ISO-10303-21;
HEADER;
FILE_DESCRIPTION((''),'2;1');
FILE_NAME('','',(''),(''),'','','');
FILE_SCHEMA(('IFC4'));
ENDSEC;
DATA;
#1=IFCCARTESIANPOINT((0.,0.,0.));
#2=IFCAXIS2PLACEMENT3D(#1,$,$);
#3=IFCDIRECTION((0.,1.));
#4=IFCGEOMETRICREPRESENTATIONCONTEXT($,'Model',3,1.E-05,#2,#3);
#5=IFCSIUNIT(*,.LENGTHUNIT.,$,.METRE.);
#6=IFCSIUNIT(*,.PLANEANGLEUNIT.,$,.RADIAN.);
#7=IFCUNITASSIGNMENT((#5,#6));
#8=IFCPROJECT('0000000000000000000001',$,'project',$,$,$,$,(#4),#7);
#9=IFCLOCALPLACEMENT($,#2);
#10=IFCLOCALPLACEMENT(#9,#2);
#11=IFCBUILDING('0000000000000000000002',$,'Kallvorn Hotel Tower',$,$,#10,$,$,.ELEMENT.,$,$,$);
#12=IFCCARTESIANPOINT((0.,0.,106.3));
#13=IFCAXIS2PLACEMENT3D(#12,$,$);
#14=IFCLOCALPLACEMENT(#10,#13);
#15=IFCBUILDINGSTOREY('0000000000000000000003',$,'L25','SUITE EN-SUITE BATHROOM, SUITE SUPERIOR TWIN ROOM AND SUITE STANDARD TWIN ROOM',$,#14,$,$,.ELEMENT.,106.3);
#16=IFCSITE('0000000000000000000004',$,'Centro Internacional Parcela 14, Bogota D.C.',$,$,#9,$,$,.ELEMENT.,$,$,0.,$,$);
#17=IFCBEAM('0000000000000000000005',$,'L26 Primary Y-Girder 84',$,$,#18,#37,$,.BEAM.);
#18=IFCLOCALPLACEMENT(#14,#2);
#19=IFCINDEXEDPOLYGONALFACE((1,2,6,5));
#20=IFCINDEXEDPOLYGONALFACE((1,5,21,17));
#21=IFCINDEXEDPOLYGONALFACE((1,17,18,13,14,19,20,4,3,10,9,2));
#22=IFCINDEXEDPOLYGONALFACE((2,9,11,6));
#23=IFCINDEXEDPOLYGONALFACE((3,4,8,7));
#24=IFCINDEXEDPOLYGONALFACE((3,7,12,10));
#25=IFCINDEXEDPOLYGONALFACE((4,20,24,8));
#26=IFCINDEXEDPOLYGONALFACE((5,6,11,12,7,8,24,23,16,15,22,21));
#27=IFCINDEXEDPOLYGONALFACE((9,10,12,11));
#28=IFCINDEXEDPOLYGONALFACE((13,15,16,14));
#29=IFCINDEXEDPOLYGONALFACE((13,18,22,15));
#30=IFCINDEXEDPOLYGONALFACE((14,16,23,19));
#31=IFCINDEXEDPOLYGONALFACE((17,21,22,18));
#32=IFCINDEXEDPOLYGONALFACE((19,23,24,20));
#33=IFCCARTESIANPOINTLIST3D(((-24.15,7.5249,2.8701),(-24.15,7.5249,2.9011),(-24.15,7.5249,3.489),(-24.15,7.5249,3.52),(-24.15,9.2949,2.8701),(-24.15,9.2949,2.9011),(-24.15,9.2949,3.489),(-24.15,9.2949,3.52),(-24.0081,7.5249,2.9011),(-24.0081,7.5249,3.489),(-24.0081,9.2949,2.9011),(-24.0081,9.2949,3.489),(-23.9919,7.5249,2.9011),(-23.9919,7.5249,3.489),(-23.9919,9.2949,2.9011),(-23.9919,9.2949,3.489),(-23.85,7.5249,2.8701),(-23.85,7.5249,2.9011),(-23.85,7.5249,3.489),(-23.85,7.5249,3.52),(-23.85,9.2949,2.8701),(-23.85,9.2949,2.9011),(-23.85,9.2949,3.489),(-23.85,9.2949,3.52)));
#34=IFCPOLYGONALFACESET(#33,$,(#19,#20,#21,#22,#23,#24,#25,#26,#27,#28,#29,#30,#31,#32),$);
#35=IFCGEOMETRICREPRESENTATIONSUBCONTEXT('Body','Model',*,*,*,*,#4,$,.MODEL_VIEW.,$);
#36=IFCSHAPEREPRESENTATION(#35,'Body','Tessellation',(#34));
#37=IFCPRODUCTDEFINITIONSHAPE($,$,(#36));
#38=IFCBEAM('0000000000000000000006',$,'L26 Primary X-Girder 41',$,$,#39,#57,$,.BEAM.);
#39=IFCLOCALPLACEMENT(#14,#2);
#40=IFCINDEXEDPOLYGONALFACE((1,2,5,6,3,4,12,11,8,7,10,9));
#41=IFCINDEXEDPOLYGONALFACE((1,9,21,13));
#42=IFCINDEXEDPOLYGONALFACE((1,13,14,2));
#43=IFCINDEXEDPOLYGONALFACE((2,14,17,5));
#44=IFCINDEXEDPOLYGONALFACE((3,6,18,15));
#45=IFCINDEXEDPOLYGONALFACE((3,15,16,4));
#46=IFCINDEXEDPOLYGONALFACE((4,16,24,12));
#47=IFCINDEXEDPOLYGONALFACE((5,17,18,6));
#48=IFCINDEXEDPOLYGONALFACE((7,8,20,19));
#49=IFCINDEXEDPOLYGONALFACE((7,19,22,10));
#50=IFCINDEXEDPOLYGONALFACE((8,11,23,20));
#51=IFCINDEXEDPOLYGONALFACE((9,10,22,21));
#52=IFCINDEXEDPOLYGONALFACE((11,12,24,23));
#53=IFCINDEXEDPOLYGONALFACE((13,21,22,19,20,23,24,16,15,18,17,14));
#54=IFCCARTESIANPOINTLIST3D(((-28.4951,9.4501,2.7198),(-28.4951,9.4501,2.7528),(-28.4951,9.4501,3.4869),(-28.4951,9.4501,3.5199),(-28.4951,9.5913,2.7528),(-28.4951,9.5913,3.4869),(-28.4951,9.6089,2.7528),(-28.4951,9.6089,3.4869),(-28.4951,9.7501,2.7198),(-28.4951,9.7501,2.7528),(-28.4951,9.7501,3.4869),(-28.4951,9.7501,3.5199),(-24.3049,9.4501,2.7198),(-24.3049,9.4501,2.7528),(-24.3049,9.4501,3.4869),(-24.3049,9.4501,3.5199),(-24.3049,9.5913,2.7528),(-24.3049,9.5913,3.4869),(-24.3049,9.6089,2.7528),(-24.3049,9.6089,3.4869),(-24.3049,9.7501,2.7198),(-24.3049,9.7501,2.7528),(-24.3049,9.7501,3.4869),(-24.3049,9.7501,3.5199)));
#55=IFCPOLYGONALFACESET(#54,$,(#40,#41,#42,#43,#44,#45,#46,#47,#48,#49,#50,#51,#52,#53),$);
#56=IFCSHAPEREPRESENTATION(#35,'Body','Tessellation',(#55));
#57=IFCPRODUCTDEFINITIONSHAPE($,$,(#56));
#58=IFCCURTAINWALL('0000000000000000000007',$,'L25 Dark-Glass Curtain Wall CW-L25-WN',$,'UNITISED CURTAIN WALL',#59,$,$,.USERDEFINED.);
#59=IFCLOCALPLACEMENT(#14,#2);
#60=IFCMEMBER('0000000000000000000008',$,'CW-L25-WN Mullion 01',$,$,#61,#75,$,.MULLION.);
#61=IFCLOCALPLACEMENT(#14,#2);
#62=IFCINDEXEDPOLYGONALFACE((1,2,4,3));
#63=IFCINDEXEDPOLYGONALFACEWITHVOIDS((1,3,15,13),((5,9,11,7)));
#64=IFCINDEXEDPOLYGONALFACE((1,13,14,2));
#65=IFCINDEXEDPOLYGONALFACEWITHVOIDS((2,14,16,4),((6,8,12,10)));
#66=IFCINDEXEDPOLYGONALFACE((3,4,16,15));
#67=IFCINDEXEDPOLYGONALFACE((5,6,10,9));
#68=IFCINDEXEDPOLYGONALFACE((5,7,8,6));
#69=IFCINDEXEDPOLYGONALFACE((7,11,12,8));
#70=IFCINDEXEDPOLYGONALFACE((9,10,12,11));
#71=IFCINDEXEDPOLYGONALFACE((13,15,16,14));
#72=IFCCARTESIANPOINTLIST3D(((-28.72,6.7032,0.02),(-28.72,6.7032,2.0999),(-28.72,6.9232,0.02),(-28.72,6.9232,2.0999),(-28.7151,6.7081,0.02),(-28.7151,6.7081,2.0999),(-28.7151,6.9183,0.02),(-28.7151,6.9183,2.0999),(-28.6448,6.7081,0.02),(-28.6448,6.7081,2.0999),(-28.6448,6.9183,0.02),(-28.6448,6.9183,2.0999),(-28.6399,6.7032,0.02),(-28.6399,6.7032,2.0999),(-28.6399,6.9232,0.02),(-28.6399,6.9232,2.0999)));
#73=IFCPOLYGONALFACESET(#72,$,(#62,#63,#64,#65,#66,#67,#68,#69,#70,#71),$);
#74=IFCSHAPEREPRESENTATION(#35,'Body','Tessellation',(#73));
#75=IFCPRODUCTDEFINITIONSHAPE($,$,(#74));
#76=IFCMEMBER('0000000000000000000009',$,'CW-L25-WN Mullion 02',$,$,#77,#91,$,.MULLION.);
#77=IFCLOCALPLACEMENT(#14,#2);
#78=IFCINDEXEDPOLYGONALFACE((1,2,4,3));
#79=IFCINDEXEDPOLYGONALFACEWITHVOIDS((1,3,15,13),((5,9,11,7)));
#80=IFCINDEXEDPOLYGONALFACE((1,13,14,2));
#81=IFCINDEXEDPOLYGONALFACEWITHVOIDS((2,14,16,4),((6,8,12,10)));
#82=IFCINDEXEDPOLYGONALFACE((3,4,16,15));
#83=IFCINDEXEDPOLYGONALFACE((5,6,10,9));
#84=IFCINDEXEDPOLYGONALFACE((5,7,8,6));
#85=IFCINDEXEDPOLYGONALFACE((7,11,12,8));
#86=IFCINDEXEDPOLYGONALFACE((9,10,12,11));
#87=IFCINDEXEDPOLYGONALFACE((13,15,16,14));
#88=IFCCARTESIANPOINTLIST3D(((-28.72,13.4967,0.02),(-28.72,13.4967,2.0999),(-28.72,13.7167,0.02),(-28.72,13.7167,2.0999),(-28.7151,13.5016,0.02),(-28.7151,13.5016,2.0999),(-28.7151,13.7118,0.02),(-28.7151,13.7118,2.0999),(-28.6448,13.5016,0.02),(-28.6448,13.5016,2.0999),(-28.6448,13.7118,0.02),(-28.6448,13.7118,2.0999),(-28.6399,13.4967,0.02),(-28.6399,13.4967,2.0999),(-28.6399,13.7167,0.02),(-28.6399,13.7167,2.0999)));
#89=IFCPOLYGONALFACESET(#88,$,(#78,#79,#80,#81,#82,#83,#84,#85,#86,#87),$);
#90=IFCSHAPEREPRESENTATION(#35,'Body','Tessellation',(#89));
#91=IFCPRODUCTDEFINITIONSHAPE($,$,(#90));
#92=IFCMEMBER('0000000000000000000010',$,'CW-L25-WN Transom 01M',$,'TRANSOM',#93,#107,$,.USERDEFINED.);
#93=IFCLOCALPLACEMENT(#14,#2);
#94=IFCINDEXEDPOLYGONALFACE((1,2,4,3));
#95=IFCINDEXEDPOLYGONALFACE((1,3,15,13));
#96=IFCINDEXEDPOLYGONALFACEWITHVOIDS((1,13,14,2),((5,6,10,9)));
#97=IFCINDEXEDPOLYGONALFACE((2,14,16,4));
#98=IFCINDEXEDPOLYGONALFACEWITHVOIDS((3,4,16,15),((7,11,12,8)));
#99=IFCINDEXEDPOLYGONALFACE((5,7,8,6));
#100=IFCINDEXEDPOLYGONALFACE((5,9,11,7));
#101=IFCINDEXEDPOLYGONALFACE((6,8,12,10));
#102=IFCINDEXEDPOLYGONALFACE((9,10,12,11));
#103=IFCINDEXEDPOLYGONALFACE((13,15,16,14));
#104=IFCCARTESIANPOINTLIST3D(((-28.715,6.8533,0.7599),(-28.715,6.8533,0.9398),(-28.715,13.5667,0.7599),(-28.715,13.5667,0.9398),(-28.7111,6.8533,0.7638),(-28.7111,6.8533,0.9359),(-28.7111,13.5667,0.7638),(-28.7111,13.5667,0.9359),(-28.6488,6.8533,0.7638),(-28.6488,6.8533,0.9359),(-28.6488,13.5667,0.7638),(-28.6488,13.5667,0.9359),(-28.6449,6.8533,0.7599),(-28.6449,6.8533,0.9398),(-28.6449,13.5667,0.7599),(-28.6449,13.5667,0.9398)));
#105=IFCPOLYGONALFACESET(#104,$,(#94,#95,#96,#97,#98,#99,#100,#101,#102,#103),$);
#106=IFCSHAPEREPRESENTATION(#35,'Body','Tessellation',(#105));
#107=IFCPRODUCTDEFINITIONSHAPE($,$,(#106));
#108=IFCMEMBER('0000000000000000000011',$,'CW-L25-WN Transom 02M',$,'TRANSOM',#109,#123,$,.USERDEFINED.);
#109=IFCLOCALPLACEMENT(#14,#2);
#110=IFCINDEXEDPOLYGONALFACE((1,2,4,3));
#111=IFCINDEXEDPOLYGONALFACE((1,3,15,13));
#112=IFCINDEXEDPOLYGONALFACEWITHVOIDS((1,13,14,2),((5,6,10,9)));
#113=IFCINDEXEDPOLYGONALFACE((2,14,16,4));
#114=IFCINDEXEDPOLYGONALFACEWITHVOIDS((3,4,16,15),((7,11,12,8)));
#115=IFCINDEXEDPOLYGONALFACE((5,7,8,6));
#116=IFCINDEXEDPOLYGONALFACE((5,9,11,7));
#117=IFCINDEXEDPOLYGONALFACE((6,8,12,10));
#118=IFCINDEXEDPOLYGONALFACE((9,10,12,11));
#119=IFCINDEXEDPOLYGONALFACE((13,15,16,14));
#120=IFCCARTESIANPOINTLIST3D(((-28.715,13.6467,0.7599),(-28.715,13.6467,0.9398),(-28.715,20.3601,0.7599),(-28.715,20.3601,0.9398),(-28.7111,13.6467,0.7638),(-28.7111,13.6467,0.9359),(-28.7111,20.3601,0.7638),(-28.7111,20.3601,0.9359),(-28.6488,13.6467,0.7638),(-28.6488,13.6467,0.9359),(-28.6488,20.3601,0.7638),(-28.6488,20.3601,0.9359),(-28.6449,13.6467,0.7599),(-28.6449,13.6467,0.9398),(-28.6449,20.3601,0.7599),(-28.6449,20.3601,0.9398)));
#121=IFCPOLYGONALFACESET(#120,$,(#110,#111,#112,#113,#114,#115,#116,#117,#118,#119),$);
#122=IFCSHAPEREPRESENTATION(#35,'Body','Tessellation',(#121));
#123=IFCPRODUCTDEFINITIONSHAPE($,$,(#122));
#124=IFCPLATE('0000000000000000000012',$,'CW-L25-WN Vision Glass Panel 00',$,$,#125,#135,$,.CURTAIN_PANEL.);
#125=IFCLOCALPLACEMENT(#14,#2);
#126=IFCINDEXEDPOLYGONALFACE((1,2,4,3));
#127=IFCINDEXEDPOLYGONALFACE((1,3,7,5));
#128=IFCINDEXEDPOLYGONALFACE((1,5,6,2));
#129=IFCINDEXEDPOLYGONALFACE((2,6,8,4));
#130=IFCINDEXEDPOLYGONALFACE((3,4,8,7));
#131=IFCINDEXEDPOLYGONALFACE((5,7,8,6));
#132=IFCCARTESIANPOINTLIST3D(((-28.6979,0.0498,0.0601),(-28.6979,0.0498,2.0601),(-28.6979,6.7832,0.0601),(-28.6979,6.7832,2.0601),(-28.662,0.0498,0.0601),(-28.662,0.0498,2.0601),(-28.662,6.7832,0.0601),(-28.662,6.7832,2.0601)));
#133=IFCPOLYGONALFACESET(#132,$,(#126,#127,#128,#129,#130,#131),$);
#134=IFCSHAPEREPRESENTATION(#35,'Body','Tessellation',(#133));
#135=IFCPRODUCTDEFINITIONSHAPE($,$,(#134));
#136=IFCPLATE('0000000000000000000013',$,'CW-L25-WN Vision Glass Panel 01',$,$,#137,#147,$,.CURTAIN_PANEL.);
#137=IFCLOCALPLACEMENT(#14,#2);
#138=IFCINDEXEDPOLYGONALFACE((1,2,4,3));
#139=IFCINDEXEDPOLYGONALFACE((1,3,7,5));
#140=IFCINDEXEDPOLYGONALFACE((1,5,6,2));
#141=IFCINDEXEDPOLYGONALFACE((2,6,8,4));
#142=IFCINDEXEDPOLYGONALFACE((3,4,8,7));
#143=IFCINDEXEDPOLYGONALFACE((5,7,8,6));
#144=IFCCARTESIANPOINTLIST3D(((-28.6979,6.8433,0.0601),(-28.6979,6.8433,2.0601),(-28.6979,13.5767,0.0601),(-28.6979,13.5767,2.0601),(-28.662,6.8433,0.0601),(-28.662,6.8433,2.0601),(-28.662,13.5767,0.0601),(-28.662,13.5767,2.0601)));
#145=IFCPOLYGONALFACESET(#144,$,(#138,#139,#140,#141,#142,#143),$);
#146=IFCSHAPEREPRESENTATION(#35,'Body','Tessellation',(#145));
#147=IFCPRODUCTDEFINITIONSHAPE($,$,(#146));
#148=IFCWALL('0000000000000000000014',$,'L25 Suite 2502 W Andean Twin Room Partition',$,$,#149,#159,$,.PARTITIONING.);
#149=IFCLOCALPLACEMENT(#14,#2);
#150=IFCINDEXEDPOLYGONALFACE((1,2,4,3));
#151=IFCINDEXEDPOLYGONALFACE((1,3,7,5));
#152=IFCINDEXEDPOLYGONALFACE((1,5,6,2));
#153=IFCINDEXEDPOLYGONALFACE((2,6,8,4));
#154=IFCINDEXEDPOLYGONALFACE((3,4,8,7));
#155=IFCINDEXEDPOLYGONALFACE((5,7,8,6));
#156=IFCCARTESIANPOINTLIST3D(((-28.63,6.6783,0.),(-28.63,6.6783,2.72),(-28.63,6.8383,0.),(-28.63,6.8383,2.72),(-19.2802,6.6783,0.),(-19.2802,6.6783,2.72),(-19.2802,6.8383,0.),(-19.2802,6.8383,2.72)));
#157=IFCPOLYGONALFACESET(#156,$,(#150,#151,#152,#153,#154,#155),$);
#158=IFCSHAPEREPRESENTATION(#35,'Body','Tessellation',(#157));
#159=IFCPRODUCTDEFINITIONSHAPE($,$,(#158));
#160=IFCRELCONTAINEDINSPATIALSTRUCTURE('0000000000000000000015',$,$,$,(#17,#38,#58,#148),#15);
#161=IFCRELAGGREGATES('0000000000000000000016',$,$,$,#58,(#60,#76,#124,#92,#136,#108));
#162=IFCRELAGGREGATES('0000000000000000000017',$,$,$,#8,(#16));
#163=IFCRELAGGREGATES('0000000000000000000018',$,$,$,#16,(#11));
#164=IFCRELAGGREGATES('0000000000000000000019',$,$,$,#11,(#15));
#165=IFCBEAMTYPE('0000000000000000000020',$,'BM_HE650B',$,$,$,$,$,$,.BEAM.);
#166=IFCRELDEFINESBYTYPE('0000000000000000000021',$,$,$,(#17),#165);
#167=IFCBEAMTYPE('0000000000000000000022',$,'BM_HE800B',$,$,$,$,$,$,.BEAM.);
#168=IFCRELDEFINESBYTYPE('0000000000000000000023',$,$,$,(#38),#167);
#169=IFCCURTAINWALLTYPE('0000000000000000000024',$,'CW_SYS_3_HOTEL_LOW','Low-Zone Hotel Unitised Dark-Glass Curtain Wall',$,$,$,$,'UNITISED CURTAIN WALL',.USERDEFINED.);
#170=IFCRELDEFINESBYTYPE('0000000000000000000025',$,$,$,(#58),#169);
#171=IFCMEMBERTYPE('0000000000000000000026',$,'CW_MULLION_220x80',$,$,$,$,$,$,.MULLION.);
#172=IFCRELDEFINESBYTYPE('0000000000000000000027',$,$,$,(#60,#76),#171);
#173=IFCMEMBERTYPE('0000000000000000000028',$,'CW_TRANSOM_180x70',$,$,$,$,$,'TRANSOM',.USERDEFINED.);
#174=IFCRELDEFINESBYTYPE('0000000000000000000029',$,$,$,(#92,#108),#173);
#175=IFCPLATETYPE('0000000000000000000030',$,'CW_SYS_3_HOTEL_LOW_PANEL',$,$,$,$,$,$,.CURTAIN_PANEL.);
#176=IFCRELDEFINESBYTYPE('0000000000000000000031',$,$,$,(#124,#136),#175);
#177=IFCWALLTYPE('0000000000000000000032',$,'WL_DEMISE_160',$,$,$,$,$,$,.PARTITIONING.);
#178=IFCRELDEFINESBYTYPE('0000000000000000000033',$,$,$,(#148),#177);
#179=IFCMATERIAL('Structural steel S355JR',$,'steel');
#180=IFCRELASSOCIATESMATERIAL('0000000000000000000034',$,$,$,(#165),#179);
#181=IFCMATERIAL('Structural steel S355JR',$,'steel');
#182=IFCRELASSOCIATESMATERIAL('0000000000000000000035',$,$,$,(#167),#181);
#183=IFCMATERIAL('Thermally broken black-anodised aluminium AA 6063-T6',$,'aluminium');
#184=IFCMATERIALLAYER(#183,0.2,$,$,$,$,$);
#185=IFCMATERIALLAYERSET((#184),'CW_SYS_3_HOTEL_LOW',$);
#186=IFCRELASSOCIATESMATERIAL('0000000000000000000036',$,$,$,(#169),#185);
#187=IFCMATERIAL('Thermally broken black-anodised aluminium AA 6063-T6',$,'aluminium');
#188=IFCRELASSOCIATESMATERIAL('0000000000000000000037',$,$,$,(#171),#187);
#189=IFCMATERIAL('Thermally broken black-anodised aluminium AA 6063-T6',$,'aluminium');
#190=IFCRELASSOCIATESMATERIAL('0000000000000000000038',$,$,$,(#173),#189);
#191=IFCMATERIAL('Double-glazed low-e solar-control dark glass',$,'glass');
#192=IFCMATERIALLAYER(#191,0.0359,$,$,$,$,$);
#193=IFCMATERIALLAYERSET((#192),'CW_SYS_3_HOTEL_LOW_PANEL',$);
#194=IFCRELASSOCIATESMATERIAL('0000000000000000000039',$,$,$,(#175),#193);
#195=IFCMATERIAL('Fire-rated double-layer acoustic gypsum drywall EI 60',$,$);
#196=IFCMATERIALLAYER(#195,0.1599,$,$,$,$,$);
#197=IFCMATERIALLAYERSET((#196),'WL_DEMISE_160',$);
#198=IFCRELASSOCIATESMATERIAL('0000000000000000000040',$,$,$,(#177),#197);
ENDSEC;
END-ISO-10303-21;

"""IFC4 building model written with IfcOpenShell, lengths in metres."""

from ifc_helpers import new_model, si_unit, direction, frame, frame_2d, origin, origin_2d, place, context, subcontext, project, spatial, rectangle, hollow_rectangle, i_section, extrude, material, layer, layer_set, material_profile, profile_set, type_object, element, aggregate, save


model = new_model("IFC4")

# Units and contexts
model_context = context("Model", 3, precision=1e-05, world=origin(), true_north=direction((0.0, 1.0)))
body_context = subcontext(model_context, "Body", "Model", "MODEL_VIEW")
ifc_project = project(units=[si_unit("LENGTHUNIT", "METRE"), si_unit("PLANEANGLEUNIT", "RADIAN")], contexts=[model_context])

# Site, building, storey
site_placement = place(None, origin())
site = spatial("IfcSite", under=ifc_project, at=site_placement, Name="Centro Internacional Parcela 14, Bogota D.C.", CompositionType="ELEMENT", RefElevation=0.0)
building_placement = place(site_placement, origin())
building = spatial("IfcBuilding", under=site, at=building_placement, Name="Kallvorn Hotel Tower", CompositionType="ELEMENT")
storey_placement = place(building_placement, frame((0.0, 0.0, 106.3)))
storey = spatial("IfcBuildingStorey", under=building, at=storey_placement, Name="L25", Description="SUITE EN-SUITE BATHROOM, SUITE SUPERIOR TWIN ROOM AND SUITE STANDARD TWIN ROOM", CompositionType="ELEMENT", Elevation=106.3)

# Beams
ifc_material_1 = material(Name="Structural steel S355JR", Category="steel")
ifc_material_profile_1 = material_profile(ifc_material_1, i_section(OverallWidth=0.3, OverallDepth=0.6499, WebThickness=0.0161, FlangeThickness=0.031, at=origin_2d()), Name="HE 650 B")
ifc_profile_set_1 = profile_set([ifc_material_profile_1], Name="Structural steel S355JR")
beam_type_1 = type_object("IfcBeamType", Name="BM_HE650B", PredefinedType="BEAM", material=ifc_profile_set_1)
beam_1_placement = place(storey_placement, frame((-24.0, 7.5249, 3.1951), z_axis=(0.0, 1.0, 0.0), x_axis=(-1.0, 0.0, 0.0)))
element("IfcBeam", 1, at=beam_1_placement, inside=storey, type_object=beam_type_1, Name="L26 Primary Y-Girder 84", PredefinedType="BEAM", context=body_context, shape_type="SweptSolid", body=[
    extrude(i_section(OverallWidth=0.3, OverallDepth=0.6499, WebThickness=0.0161, FlangeThickness=0.031, at=origin_2d()), origin(), (0.0, 0.0, 1.0), 1.77),
])
ifc_material_2 = material(Name="Structural steel S355JR", Category="steel")
ifc_material_profile_2 = material_profile(ifc_material_2, i_section(OverallWidth=0.3, OverallDepth=0.8, WebThickness=0.0176, FlangeThickness=0.033, at=origin_2d()), Name="HE 800 B")
ifc_profile_set_2 = profile_set([ifc_material_profile_2], Name="Structural steel S355JR")
beam_type_2 = type_object("IfcBeamType", Name="BM_HE800B", PredefinedType="BEAM", material=ifc_profile_set_2)
beam_2_placement = place(storey_placement, frame((-28.4951, 9.6001, 3.1199), z_axis=(1.0, 0.0, 0.0), x_axis=(0.0, 1.0, 0.0)))
element("IfcBeam", 2, at=beam_2_placement, inside=storey, type_object=beam_type_2, Name="L26 Primary X-Girder 41", PredefinedType="BEAM", context=body_context, shape_type="SweptSolid", body=[
    extrude(i_section(OverallWidth=0.3, OverallDepth=0.8, WebThickness=0.0176, FlangeThickness=0.033, at=origin_2d()), origin(), (0.0, 0.0, 1.0), 4.1902),
])

# Curtain wall, members, plates
ifc_material_3 = material(Name="Thermally broken black-anodised aluminium AA 6063-T6", Category="aluminium")
ifc_layer_1 = layer(ifc_material_3, 0.2)
ifc_layer_set_1 = layer_set([ifc_layer_1], Name="CW_SYS_3_HOTEL_LOW")
curtain_wall_type = type_object("IfcCurtainWallType", Name="CW_SYS_3_HOTEL_LOW", Description="Low-Zone Hotel Unitised Dark-Glass Curtain Wall", ElementType="UNITISED CURTAIN WALL", PredefinedType="USERDEFINED", material=ifc_layer_set_1)
curtain_wall_placement = place(storey_placement, origin())
curtain_wall = element("IfcCurtainWall", 3, at=curtain_wall_placement, inside=storey, type_object=curtain_wall_type, Name="L25 Dark-Glass Curtain Wall CW-L25-WN", ObjectType="UNITISED CURTAIN WALL", PredefinedType="USERDEFINED")
ifc_material_4 = material(Name="Thermally broken black-anodised aluminium AA 6063-T6", Category="aluminium")
ifc_material_profile_3 = material_profile(ifc_material_4, hollow_rectangle(XDim=0.0801, YDim=0.22, WallThickness=0.0049, at=origin_2d()), Name="MUL 220x80")
ifc_profile_set_3 = profile_set([ifc_material_profile_3], Name="Thermally broken black-anodised aluminium AA 6063-T6")
member_type_1 = type_object("IfcMemberType", Name="CW_MULLION_220x80", PredefinedType="MULLION", material=ifc_profile_set_3)
member_1_placement = place(storey_placement, frame((-28.6799, 6.8132, 0.02), z_axis=(0.0, 0.0, 1.0), x_axis=(1.0, 0.0, 0.0)))
member_1 = element("IfcMember", 4, at=member_1_placement, type_object=member_type_1, Name="CW-L25-WN Mullion 01", PredefinedType="MULLION", context=body_context, shape_type="SweptSolid", body=[
    extrude(hollow_rectangle(XDim=0.0801, YDim=0.22, WallThickness=0.0049, at=origin_2d()), origin(), (0.0, 0.0, 1.0), 2.0798),
])
member_2_placement = place(storey_placement, frame((-28.6799, 13.6067, 0.02), z_axis=(0.0, 0.0, 1.0), x_axis=(1.0, 0.0, 0.0)))
member_2 = element("IfcMember", 5, at=member_2_placement, type_object=member_type_1, Name="CW-L25-WN Mullion 02", PredefinedType="MULLION", context=body_context, shape_type="SweptSolid", body=[
    extrude(hollow_rectangle(XDim=0.0801, YDim=0.22, WallThickness=0.0049, at=origin_2d()), origin(), (0.0, 0.0, 1.0), 2.0798),
])
ifc_material_5 = material(Name="Thermally broken black-anodised aluminium AA 6063-T6", Category="aluminium")
ifc_material_profile_4 = material_profile(ifc_material_5, hollow_rectangle(XDim=0.0701, YDim=0.1799, WallThickness=0.0039, at=origin_2d()), Name="TRN 180x70")
ifc_profile_set_4 = profile_set([ifc_material_profile_4], Name="Thermally broken black-anodised aluminium AA 6063-T6")
member_type_2 = type_object("IfcMemberType", Name="CW_TRANSOM_180x70", ElementType="TRANSOM", PredefinedType="USERDEFINED", material=ifc_profile_set_4)
member_3_placement = place(storey_placement, frame((-28.6799, 6.8533, 0.8499), z_axis=(0.0, 1.0, 0.0), x_axis=(-1.0, 0.0, 0.0)))
member_3 = element("IfcMember", 6, at=member_3_placement, type_object=member_type_2, Name="CW-L25-WN Transom 01M", ObjectType="TRANSOM", PredefinedType="USERDEFINED", context=body_context, shape_type="SweptSolid", body=[
    extrude(hollow_rectangle(XDim=0.0701, YDim=0.1799, WallThickness=0.0039, at=origin_2d()), origin(), (0.0, 0.0, 1.0), 6.7134),
])
member_4_placement = place(storey_placement, frame((-28.6799, 13.6467, 0.8499), z_axis=(0.0, 1.0, 0.0), x_axis=(-1.0, 0.0, 0.0)))
member_4 = element("IfcMember", 7, at=member_4_placement, type_object=member_type_2, Name="CW-L25-WN Transom 02M", ObjectType="TRANSOM", PredefinedType="USERDEFINED", context=body_context, shape_type="SweptSolid", body=[
    extrude(hollow_rectangle(XDim=0.0701, YDim=0.1799, WallThickness=0.0039, at=origin_2d()), origin(), (0.0, 0.0, 1.0), 6.7134),
])
ifc_material_6 = material(Name="Double-glazed low-e solar-control dark glass", Category="glass")
ifc_layer_2 = layer(ifc_material_6, 0.0359)
ifc_layer_set_2 = layer_set([ifc_layer_2], Name="CW_SYS_3_HOTEL_LOW_PANEL")
plate_type = type_object("IfcPlateType", Name="CW_SYS_3_HOTEL_LOW_PANEL", PredefinedType="CURTAIN_PANEL", material=ifc_layer_set_2)
plate_1_placement = place(storey_placement, frame((-28.6799, 3.4165, 0.0601), z_axis=(0.0, 0.0, 1.0), x_axis=(0.0, 1.0, 0.0)))
plate_1 = element("IfcPlate", 8, at=plate_1_placement, type_object=plate_type, Name="CW-L25-WN Vision Glass Panel 00", PredefinedType="CURTAIN_PANEL", context=body_context, shape_type="SweptSolid", body=[
    extrude(rectangle(XDim=6.7334, YDim=0.0359, at=origin_2d()), origin(), (0.0, 0.0, 1.0), 2.0),
])
plate_2_placement = place(storey_placement, frame((-28.6799, 10.21, 0.0601), z_axis=(0.0, 0.0, 1.0), x_axis=(0.0, 1.0, 0.0)))
plate_2 = element("IfcPlate", 9, at=plate_2_placement, type_object=plate_type, Name="CW-L25-WN Vision Glass Panel 01", PredefinedType="CURTAIN_PANEL", context=body_context, shape_type="SweptSolid", body=[
    extrude(rectangle(XDim=6.7334, YDim=0.0359, at=origin_2d()), origin(), (0.0, 0.0, 1.0), 2.0),
])
aggregate(curtain_wall, [member_1, member_2, plate_1, member_3, plate_2, member_4])

# Wall
ifc_material_7 = material(Name="Fire-rated double-layer acoustic gypsum drywall EI 60")
ifc_layer_3 = layer(ifc_material_7, 0.1599)
ifc_layer_set_3 = layer_set([ifc_layer_3], Name="WL_DEMISE_160")
wall_type = type_object("IfcWallType", Name="WL_DEMISE_160", PredefinedType="PARTITIONING", material=ifc_layer_set_3)
wall_1_placement = place(storey_placement, frame((-28.6299, 6.7583, 0.0), z_axis=(0.0, 0.0, 1.0), x_axis=(1.0, 0.0, 0.0)))
element("IfcWall", 10, at=wall_1_placement, inside=storey, type_object=wall_type, Name="L25 Suite 2502 W Andean Twin Room Partition", PredefinedType="PARTITIONING", context=body_context, shape_type="SweptSolid", body=[
    extrude(rectangle(XDim=9.3499, YDim=0.1599, at=frame_2d((4.6748, 0.0))), origin(), (0.0, 0.0, 1.0), 2.72),
])

save(model, "model.ifc")
